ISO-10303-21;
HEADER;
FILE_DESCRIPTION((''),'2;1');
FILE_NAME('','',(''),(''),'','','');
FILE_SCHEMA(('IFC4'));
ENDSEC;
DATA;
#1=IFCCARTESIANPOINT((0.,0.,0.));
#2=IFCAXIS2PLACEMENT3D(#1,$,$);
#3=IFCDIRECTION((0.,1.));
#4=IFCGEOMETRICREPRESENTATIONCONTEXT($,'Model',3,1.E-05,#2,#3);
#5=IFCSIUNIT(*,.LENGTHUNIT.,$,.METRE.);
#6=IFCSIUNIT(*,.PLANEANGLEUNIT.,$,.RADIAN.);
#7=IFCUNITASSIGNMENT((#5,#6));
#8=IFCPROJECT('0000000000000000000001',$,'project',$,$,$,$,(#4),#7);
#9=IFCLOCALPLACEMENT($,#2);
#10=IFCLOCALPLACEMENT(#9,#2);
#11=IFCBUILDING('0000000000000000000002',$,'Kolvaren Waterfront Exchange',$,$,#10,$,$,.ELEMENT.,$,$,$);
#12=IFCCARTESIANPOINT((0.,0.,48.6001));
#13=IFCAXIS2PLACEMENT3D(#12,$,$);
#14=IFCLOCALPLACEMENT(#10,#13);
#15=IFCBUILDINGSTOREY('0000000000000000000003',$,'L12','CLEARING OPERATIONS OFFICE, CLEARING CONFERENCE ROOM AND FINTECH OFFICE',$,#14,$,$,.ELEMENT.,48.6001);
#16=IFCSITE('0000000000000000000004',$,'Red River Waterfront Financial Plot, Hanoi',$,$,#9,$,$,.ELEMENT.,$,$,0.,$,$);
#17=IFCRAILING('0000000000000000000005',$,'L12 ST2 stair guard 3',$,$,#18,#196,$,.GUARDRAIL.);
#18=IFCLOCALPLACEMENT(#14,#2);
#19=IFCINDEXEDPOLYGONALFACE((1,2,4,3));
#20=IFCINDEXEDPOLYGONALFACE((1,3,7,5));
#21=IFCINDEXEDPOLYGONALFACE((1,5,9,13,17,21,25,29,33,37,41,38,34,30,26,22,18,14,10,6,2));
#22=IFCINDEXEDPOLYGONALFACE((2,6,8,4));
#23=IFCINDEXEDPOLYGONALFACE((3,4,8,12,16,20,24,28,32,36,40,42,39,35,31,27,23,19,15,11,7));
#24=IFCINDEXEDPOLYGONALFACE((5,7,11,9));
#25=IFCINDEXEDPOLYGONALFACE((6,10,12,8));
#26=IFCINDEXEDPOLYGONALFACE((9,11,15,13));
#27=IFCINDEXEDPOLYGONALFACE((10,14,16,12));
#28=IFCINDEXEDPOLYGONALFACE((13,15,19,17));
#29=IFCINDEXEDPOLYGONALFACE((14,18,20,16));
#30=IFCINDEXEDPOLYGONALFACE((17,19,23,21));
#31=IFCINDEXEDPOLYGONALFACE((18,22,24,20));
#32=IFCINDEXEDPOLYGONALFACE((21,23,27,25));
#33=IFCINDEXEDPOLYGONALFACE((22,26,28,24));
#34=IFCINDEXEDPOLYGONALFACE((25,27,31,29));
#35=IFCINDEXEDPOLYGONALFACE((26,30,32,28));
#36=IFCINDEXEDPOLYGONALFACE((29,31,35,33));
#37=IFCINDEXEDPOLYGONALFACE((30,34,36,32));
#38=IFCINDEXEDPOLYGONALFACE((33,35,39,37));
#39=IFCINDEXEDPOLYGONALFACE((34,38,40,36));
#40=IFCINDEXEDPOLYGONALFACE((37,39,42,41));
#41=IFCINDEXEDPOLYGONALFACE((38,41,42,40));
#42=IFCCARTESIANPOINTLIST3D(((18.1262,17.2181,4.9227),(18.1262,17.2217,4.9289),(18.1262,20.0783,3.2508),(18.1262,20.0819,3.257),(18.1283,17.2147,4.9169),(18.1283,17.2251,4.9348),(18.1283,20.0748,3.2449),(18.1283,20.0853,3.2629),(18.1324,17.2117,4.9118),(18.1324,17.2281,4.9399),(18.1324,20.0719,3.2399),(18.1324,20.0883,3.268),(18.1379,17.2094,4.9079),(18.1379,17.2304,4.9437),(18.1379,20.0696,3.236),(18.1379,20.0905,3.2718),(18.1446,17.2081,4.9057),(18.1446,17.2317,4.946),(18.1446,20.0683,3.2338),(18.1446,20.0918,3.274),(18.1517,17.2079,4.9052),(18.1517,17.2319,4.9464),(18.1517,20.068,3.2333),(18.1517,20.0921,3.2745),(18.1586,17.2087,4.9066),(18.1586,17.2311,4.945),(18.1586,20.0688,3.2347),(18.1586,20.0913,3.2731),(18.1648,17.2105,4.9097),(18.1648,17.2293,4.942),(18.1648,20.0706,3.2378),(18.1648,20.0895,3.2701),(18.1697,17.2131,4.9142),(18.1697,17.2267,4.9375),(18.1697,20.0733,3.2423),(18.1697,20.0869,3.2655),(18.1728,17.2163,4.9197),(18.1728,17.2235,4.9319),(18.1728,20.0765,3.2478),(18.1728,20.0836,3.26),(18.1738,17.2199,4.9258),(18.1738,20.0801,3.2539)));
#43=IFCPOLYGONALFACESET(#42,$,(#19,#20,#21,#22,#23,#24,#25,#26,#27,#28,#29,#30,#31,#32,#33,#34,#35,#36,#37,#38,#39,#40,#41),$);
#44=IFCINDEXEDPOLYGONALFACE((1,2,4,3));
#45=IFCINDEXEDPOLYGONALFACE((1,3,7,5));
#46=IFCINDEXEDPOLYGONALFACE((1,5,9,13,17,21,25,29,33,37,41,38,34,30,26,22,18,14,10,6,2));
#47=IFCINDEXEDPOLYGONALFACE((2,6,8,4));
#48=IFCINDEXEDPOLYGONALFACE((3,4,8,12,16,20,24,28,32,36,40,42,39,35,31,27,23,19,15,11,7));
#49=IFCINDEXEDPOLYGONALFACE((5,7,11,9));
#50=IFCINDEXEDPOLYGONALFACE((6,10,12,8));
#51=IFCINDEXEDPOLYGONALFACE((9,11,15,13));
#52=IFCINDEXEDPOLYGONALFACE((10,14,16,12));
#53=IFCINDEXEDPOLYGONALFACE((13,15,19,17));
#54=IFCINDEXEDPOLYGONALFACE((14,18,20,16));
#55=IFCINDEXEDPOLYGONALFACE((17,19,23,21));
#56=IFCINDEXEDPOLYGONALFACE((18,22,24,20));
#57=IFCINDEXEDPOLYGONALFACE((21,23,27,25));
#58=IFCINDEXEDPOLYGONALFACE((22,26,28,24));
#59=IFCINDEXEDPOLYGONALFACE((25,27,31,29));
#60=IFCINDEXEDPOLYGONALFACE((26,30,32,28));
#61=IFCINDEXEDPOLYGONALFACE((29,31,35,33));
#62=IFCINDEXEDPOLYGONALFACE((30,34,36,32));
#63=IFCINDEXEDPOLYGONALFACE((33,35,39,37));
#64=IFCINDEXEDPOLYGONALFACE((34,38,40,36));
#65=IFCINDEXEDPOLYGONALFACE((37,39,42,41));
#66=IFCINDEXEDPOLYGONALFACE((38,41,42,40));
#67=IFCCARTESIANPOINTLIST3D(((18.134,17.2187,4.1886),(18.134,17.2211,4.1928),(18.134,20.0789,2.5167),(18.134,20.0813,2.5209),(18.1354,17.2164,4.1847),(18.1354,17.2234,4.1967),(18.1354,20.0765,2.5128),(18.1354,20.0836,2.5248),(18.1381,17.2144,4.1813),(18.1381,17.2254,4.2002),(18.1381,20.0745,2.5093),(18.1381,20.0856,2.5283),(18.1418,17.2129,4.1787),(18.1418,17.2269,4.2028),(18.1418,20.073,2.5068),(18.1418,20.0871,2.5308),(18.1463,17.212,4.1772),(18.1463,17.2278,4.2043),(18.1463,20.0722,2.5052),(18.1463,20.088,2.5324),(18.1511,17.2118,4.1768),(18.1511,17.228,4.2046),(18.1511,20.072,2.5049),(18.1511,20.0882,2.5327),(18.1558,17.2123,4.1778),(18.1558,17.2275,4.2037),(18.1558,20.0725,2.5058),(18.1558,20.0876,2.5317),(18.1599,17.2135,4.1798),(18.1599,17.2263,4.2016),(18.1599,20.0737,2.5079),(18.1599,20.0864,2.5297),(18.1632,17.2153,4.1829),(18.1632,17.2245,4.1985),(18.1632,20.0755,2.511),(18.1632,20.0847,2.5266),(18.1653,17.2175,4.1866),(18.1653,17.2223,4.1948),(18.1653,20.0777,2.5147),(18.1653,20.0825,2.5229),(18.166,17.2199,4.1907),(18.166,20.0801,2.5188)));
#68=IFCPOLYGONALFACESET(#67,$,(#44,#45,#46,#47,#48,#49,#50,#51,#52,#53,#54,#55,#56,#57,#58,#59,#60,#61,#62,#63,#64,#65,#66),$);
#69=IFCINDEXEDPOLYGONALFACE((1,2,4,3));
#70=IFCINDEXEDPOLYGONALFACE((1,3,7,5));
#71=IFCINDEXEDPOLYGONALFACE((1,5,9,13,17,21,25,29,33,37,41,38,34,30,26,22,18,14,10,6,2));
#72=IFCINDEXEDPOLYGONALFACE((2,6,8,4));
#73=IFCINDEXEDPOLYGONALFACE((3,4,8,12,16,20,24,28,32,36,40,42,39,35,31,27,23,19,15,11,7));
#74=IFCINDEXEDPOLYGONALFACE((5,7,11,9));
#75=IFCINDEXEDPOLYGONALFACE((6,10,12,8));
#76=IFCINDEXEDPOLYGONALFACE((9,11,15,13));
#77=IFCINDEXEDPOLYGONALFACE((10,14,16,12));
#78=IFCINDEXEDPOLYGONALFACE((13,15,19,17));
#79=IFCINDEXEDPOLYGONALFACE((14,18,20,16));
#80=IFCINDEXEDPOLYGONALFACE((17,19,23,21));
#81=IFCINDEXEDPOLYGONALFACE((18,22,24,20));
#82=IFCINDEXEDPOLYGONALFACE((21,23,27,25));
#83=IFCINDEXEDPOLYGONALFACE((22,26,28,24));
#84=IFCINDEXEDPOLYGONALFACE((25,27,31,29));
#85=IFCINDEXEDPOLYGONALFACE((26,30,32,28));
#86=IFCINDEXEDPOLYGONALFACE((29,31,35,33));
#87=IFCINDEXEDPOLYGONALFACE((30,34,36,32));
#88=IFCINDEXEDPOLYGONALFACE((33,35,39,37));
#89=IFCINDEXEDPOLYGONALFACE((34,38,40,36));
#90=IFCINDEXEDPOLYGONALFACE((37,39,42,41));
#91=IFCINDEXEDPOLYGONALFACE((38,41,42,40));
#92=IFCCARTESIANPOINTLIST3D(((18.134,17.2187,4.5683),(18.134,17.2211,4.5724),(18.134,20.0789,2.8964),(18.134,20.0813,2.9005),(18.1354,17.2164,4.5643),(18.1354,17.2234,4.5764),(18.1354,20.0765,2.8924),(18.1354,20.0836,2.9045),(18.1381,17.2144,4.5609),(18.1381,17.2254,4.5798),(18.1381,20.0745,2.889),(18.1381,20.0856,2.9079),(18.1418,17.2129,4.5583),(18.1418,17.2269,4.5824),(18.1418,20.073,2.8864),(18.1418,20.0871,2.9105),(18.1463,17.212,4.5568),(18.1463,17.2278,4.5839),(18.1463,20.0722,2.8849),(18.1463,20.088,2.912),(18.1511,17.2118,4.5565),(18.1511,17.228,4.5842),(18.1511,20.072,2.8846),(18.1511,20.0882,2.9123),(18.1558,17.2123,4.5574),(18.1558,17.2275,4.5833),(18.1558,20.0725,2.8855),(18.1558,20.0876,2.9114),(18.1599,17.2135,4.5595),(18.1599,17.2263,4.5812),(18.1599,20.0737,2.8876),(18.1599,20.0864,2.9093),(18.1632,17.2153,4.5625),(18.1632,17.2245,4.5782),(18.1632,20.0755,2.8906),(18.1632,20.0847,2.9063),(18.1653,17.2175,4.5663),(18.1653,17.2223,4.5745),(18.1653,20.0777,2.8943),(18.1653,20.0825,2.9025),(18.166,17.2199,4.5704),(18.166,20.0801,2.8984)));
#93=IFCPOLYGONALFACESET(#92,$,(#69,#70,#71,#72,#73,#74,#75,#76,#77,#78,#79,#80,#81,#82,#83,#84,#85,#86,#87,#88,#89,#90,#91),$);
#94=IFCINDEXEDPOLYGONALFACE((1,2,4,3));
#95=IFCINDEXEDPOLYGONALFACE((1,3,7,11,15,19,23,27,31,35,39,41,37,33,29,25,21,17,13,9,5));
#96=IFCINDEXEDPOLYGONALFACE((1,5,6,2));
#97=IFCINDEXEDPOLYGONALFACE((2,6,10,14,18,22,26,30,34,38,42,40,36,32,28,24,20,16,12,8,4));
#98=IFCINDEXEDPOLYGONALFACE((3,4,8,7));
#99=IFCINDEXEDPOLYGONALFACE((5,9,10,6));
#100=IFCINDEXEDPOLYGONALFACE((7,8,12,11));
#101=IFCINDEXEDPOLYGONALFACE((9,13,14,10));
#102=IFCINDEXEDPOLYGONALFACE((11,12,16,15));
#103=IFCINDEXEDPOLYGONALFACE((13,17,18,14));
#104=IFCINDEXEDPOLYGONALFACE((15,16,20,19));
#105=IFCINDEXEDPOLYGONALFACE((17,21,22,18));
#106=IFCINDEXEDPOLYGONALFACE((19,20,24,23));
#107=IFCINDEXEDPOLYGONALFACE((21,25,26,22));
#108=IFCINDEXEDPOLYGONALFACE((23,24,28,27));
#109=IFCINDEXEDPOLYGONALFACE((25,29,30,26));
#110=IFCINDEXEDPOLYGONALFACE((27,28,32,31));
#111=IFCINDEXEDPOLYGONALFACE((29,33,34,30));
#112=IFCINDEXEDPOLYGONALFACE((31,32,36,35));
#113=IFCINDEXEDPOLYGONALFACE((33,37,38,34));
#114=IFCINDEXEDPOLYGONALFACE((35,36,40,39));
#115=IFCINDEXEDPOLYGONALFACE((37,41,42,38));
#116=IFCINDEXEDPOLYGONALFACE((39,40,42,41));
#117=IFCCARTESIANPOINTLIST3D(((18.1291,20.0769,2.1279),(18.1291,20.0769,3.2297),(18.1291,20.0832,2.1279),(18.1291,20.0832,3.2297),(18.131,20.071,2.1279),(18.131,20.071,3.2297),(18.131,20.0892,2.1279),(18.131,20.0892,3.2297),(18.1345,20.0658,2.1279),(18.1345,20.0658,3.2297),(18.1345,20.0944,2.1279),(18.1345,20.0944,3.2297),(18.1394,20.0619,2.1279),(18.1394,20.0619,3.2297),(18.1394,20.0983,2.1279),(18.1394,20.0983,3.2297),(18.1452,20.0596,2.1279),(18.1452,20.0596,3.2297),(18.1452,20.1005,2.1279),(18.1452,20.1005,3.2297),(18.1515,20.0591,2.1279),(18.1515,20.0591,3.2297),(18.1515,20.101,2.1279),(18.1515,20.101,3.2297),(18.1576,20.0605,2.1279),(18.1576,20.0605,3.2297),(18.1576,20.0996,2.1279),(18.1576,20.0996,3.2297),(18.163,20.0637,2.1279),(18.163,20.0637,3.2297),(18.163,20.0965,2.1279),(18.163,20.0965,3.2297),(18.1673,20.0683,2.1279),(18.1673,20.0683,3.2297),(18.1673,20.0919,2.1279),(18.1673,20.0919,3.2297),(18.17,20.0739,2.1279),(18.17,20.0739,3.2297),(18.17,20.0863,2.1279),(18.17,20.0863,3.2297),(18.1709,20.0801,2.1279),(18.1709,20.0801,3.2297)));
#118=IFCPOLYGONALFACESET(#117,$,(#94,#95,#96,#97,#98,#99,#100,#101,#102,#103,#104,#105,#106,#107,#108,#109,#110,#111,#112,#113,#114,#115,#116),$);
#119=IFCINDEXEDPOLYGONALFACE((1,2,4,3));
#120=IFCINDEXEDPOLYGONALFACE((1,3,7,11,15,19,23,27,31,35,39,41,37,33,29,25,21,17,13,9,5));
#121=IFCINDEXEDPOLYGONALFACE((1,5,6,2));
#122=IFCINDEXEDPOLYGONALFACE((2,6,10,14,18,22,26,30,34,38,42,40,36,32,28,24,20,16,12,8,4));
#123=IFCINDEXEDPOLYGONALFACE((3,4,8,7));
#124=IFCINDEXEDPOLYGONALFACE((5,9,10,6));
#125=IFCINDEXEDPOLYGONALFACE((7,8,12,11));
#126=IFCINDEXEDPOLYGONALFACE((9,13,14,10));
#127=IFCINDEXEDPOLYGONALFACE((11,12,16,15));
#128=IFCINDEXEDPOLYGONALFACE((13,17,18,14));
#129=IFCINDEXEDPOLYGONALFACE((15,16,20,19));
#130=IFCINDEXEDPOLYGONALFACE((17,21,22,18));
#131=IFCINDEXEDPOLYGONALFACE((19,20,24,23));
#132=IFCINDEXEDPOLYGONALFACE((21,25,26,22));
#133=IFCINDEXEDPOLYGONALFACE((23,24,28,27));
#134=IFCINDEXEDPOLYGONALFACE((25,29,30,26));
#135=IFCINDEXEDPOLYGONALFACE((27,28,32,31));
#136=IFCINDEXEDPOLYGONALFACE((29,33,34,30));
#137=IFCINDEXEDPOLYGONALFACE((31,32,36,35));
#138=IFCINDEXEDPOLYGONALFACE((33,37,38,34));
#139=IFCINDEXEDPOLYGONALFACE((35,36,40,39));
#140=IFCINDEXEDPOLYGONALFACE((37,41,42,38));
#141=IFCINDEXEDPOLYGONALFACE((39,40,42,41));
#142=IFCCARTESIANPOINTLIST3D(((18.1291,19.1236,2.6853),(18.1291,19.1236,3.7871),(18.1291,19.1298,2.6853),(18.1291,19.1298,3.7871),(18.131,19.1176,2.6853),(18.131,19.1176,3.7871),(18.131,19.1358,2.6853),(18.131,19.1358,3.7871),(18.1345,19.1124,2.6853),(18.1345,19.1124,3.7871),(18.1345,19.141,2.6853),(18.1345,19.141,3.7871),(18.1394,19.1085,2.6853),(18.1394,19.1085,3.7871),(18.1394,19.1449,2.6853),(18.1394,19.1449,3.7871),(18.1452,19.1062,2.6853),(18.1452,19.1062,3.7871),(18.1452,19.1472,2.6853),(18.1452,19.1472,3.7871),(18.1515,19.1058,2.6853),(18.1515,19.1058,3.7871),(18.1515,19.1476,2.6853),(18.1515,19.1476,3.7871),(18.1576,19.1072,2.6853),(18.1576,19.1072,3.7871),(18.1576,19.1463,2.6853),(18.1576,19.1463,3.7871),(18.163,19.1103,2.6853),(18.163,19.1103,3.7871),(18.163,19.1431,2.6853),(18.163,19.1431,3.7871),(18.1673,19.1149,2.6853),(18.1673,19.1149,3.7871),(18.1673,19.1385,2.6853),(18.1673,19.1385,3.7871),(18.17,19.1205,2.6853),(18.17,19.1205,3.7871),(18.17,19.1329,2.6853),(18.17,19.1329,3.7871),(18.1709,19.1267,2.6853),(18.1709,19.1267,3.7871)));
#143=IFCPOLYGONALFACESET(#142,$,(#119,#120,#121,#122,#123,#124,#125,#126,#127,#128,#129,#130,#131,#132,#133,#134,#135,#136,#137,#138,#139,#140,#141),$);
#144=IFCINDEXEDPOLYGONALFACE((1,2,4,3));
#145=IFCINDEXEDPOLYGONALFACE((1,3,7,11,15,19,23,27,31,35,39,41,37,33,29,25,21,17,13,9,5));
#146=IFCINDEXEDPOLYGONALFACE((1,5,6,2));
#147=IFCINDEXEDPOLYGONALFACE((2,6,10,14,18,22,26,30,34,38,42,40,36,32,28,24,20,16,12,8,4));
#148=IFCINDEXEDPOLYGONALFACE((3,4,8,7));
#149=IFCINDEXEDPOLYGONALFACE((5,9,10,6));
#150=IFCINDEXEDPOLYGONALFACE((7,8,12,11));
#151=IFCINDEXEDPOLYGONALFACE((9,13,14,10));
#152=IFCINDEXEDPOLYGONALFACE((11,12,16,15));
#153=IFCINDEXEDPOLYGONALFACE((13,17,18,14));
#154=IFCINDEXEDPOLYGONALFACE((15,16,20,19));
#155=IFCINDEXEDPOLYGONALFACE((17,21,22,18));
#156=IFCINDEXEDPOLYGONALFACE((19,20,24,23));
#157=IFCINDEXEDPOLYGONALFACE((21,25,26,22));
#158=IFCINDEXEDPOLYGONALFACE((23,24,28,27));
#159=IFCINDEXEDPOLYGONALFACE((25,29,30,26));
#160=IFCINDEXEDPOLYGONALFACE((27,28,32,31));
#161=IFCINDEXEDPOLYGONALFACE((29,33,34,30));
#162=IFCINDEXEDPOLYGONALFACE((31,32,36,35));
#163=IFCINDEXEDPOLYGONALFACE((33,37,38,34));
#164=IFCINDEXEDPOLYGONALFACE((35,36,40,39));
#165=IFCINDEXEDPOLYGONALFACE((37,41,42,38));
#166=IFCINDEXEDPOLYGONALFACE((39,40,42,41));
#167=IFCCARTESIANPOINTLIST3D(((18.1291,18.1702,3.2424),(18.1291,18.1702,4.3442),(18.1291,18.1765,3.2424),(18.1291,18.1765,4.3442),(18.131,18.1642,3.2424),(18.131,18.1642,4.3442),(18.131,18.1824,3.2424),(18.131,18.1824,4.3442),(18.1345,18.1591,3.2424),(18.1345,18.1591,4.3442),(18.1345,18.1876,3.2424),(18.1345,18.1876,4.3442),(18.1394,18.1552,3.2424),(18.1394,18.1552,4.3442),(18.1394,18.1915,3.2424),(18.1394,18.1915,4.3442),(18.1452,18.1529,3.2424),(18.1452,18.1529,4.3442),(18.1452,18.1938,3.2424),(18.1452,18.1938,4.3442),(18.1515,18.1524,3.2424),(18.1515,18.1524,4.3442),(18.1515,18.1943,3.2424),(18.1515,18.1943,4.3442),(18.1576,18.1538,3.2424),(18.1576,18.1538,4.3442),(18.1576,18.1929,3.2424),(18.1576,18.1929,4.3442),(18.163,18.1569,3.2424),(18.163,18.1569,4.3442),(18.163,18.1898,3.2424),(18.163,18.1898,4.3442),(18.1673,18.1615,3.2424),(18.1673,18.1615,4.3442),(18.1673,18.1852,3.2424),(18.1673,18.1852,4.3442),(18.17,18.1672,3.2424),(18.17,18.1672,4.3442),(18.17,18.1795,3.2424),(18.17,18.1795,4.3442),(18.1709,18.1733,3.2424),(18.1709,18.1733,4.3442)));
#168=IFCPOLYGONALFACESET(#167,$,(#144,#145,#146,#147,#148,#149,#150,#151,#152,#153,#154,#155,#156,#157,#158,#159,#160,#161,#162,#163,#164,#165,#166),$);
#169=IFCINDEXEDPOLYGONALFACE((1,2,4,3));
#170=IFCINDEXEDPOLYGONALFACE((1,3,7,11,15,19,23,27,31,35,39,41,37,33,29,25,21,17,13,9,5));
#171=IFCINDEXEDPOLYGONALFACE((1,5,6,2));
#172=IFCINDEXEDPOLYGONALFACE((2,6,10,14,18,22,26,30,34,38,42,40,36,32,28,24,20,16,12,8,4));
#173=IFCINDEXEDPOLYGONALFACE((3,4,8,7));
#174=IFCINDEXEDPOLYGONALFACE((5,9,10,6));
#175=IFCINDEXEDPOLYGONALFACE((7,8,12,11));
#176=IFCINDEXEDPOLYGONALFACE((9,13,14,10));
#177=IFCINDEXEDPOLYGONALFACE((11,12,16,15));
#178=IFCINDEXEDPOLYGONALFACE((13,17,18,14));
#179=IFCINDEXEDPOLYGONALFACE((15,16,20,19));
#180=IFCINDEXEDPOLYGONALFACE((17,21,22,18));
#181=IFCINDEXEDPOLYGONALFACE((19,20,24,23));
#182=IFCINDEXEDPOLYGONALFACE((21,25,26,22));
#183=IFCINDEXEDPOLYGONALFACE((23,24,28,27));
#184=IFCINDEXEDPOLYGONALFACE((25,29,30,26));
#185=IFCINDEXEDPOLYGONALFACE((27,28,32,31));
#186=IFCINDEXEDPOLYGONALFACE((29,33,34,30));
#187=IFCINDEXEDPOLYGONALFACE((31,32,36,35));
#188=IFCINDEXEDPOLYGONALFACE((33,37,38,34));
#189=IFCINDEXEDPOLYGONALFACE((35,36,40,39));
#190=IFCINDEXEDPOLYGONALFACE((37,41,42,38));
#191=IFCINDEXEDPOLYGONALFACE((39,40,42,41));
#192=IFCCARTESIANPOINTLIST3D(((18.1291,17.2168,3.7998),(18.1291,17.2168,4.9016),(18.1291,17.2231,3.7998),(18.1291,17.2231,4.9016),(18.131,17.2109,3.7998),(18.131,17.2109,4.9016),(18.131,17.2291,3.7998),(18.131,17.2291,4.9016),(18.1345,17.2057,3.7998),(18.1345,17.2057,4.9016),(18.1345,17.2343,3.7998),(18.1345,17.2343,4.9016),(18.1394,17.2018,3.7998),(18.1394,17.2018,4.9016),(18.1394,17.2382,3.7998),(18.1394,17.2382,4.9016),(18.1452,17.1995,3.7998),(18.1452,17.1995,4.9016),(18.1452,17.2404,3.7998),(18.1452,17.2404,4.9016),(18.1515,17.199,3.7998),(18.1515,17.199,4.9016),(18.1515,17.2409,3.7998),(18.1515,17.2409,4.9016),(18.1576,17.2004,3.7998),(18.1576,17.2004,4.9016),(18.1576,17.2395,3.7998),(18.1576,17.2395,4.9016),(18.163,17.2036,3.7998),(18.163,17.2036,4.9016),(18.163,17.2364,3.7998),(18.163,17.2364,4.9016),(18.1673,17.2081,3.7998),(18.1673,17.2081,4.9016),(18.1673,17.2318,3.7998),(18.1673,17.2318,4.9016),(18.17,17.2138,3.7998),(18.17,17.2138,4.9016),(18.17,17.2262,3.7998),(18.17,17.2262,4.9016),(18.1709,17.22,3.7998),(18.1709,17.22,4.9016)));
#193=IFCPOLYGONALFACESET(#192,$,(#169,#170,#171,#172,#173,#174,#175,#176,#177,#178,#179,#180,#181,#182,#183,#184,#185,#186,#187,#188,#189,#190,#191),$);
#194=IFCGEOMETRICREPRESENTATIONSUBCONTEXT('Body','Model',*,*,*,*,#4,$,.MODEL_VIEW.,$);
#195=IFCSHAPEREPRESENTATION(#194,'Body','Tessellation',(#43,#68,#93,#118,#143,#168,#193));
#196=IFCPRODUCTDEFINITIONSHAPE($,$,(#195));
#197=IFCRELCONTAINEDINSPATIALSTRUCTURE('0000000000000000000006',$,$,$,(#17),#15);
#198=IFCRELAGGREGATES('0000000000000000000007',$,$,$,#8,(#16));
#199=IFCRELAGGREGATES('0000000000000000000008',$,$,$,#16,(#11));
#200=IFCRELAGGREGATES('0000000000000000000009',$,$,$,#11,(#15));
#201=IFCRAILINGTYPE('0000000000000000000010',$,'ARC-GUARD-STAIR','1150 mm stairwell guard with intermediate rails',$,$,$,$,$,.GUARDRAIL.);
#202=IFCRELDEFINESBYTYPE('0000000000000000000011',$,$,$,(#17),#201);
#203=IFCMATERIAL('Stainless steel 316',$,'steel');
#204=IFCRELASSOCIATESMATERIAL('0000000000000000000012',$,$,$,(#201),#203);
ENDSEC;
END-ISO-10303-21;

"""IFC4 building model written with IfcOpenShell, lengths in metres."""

from ifc_helpers import new_model, si_unit, direction, frame, origin, origin_2d, place, context, subcontext, project, spatial, circle, extrude, material, type_object, element, save


model = new_model("IFC4")

# Units and contexts
model_context = context("Model", 3, precision=1e-05, world=origin(), true_north=direction((0.0, 1.0)))
body_context = subcontext(model_context, "Body", "Model", "MODEL_VIEW")
ifc_project = project(units=[si_unit("LENGTHUNIT", "METRE"), si_unit("PLANEANGLEUNIT", "RADIAN")], contexts=[model_context])

# Site, building, storey
site_placement = place(None, origin())
site = spatial("IfcSite", under=ifc_project, at=site_placement, Name="Red River Waterfront Financial Plot, Hanoi", CompositionType="ELEMENT", RefElevation=0.0)
building_placement = place(site_placement, origin())
building = spatial("IfcBuilding", under=site, at=building_placement, Name="Kolvaren Waterfront Exchange", CompositionType="ELEMENT")
storey_placement = place(building_placement, frame((0.0, 0.0, 48.6001)))
storey = spatial("IfcBuildingStorey", under=building, at=storey_placement, Name="L12", Description="CLEARING OPERATIONS OFFICE, CLEARING CONFERENCE ROOM AND FINTECH OFFICE", CompositionType="ELEMENT", Elevation=48.6001)

# Railing
ifc_material_1 = material(Name="Stainless steel 316", Category="steel")
railing_type_1 = type_object("IfcRailingType", Name="ARC-GUARD-STAIR", Description="1150 mm stairwell guard with intermediate rails", PredefinedType="GUARDRAIL", material=ifc_material_1)
railing_1_placement = place(storey_placement, frame((18.1499, 20.0801, 2.1279)))
element("IfcRailing", 1, at=railing_1_placement, inside=storey, type_object=railing_type_1, Name="L12 ST2 stair guard 3", PredefinedType="GUARDRAIL", context=body_context, shape_type="SweptSolid", body=[
    extrude(circle(Radius=0.0239, at=origin_2d()), frame((0.0, 0.0, 1.126), z_axis=(0.0, -0.863321, 0.504654), x_axis=(1.0, 0.0, 0.0)), (0.0, 0.0, 1.0), 3.313),
    extrude(circle(Radius=0.0161, at=origin_2d()), frame((0.0, 0.0, 0.3909), z_axis=(0.0, -0.863321, 0.504654), x_axis=(1.0, 0.0, 0.0)), (0.0, 0.0, 1.0), 3.313),
    extrude(circle(Radius=0.0161, at=origin_2d()), frame((0.0, 0.0, 0.7705), z_axis=(0.0, -0.863321, 0.504654), x_axis=(1.0, 0.0, 0.0)), (0.0, 0.0, 1.0), 3.313),
    extrude(circle(Radius=0.021, at=origin_2d()), origin(), (0.0, 0.0, 1.0), 1.1018),
    extrude(circle(Radius=0.021, at=origin_2d()), frame((0.0, -0.9534, 0.5574)), (0.0, 0.0, 1.0), 1.1018),
    extrude(circle(Radius=0.021, at=origin_2d()), frame((0.0, -1.9067, 1.1145)), (0.0, 0.0, 1.0), 1.1018),
    extrude(circle(Radius=0.021, at=origin_2d()), frame((0.0, -2.8601, 1.6719)), (0.0, 0.0, 1.0), 1.1018),
])

save(model, "model.ifc")
